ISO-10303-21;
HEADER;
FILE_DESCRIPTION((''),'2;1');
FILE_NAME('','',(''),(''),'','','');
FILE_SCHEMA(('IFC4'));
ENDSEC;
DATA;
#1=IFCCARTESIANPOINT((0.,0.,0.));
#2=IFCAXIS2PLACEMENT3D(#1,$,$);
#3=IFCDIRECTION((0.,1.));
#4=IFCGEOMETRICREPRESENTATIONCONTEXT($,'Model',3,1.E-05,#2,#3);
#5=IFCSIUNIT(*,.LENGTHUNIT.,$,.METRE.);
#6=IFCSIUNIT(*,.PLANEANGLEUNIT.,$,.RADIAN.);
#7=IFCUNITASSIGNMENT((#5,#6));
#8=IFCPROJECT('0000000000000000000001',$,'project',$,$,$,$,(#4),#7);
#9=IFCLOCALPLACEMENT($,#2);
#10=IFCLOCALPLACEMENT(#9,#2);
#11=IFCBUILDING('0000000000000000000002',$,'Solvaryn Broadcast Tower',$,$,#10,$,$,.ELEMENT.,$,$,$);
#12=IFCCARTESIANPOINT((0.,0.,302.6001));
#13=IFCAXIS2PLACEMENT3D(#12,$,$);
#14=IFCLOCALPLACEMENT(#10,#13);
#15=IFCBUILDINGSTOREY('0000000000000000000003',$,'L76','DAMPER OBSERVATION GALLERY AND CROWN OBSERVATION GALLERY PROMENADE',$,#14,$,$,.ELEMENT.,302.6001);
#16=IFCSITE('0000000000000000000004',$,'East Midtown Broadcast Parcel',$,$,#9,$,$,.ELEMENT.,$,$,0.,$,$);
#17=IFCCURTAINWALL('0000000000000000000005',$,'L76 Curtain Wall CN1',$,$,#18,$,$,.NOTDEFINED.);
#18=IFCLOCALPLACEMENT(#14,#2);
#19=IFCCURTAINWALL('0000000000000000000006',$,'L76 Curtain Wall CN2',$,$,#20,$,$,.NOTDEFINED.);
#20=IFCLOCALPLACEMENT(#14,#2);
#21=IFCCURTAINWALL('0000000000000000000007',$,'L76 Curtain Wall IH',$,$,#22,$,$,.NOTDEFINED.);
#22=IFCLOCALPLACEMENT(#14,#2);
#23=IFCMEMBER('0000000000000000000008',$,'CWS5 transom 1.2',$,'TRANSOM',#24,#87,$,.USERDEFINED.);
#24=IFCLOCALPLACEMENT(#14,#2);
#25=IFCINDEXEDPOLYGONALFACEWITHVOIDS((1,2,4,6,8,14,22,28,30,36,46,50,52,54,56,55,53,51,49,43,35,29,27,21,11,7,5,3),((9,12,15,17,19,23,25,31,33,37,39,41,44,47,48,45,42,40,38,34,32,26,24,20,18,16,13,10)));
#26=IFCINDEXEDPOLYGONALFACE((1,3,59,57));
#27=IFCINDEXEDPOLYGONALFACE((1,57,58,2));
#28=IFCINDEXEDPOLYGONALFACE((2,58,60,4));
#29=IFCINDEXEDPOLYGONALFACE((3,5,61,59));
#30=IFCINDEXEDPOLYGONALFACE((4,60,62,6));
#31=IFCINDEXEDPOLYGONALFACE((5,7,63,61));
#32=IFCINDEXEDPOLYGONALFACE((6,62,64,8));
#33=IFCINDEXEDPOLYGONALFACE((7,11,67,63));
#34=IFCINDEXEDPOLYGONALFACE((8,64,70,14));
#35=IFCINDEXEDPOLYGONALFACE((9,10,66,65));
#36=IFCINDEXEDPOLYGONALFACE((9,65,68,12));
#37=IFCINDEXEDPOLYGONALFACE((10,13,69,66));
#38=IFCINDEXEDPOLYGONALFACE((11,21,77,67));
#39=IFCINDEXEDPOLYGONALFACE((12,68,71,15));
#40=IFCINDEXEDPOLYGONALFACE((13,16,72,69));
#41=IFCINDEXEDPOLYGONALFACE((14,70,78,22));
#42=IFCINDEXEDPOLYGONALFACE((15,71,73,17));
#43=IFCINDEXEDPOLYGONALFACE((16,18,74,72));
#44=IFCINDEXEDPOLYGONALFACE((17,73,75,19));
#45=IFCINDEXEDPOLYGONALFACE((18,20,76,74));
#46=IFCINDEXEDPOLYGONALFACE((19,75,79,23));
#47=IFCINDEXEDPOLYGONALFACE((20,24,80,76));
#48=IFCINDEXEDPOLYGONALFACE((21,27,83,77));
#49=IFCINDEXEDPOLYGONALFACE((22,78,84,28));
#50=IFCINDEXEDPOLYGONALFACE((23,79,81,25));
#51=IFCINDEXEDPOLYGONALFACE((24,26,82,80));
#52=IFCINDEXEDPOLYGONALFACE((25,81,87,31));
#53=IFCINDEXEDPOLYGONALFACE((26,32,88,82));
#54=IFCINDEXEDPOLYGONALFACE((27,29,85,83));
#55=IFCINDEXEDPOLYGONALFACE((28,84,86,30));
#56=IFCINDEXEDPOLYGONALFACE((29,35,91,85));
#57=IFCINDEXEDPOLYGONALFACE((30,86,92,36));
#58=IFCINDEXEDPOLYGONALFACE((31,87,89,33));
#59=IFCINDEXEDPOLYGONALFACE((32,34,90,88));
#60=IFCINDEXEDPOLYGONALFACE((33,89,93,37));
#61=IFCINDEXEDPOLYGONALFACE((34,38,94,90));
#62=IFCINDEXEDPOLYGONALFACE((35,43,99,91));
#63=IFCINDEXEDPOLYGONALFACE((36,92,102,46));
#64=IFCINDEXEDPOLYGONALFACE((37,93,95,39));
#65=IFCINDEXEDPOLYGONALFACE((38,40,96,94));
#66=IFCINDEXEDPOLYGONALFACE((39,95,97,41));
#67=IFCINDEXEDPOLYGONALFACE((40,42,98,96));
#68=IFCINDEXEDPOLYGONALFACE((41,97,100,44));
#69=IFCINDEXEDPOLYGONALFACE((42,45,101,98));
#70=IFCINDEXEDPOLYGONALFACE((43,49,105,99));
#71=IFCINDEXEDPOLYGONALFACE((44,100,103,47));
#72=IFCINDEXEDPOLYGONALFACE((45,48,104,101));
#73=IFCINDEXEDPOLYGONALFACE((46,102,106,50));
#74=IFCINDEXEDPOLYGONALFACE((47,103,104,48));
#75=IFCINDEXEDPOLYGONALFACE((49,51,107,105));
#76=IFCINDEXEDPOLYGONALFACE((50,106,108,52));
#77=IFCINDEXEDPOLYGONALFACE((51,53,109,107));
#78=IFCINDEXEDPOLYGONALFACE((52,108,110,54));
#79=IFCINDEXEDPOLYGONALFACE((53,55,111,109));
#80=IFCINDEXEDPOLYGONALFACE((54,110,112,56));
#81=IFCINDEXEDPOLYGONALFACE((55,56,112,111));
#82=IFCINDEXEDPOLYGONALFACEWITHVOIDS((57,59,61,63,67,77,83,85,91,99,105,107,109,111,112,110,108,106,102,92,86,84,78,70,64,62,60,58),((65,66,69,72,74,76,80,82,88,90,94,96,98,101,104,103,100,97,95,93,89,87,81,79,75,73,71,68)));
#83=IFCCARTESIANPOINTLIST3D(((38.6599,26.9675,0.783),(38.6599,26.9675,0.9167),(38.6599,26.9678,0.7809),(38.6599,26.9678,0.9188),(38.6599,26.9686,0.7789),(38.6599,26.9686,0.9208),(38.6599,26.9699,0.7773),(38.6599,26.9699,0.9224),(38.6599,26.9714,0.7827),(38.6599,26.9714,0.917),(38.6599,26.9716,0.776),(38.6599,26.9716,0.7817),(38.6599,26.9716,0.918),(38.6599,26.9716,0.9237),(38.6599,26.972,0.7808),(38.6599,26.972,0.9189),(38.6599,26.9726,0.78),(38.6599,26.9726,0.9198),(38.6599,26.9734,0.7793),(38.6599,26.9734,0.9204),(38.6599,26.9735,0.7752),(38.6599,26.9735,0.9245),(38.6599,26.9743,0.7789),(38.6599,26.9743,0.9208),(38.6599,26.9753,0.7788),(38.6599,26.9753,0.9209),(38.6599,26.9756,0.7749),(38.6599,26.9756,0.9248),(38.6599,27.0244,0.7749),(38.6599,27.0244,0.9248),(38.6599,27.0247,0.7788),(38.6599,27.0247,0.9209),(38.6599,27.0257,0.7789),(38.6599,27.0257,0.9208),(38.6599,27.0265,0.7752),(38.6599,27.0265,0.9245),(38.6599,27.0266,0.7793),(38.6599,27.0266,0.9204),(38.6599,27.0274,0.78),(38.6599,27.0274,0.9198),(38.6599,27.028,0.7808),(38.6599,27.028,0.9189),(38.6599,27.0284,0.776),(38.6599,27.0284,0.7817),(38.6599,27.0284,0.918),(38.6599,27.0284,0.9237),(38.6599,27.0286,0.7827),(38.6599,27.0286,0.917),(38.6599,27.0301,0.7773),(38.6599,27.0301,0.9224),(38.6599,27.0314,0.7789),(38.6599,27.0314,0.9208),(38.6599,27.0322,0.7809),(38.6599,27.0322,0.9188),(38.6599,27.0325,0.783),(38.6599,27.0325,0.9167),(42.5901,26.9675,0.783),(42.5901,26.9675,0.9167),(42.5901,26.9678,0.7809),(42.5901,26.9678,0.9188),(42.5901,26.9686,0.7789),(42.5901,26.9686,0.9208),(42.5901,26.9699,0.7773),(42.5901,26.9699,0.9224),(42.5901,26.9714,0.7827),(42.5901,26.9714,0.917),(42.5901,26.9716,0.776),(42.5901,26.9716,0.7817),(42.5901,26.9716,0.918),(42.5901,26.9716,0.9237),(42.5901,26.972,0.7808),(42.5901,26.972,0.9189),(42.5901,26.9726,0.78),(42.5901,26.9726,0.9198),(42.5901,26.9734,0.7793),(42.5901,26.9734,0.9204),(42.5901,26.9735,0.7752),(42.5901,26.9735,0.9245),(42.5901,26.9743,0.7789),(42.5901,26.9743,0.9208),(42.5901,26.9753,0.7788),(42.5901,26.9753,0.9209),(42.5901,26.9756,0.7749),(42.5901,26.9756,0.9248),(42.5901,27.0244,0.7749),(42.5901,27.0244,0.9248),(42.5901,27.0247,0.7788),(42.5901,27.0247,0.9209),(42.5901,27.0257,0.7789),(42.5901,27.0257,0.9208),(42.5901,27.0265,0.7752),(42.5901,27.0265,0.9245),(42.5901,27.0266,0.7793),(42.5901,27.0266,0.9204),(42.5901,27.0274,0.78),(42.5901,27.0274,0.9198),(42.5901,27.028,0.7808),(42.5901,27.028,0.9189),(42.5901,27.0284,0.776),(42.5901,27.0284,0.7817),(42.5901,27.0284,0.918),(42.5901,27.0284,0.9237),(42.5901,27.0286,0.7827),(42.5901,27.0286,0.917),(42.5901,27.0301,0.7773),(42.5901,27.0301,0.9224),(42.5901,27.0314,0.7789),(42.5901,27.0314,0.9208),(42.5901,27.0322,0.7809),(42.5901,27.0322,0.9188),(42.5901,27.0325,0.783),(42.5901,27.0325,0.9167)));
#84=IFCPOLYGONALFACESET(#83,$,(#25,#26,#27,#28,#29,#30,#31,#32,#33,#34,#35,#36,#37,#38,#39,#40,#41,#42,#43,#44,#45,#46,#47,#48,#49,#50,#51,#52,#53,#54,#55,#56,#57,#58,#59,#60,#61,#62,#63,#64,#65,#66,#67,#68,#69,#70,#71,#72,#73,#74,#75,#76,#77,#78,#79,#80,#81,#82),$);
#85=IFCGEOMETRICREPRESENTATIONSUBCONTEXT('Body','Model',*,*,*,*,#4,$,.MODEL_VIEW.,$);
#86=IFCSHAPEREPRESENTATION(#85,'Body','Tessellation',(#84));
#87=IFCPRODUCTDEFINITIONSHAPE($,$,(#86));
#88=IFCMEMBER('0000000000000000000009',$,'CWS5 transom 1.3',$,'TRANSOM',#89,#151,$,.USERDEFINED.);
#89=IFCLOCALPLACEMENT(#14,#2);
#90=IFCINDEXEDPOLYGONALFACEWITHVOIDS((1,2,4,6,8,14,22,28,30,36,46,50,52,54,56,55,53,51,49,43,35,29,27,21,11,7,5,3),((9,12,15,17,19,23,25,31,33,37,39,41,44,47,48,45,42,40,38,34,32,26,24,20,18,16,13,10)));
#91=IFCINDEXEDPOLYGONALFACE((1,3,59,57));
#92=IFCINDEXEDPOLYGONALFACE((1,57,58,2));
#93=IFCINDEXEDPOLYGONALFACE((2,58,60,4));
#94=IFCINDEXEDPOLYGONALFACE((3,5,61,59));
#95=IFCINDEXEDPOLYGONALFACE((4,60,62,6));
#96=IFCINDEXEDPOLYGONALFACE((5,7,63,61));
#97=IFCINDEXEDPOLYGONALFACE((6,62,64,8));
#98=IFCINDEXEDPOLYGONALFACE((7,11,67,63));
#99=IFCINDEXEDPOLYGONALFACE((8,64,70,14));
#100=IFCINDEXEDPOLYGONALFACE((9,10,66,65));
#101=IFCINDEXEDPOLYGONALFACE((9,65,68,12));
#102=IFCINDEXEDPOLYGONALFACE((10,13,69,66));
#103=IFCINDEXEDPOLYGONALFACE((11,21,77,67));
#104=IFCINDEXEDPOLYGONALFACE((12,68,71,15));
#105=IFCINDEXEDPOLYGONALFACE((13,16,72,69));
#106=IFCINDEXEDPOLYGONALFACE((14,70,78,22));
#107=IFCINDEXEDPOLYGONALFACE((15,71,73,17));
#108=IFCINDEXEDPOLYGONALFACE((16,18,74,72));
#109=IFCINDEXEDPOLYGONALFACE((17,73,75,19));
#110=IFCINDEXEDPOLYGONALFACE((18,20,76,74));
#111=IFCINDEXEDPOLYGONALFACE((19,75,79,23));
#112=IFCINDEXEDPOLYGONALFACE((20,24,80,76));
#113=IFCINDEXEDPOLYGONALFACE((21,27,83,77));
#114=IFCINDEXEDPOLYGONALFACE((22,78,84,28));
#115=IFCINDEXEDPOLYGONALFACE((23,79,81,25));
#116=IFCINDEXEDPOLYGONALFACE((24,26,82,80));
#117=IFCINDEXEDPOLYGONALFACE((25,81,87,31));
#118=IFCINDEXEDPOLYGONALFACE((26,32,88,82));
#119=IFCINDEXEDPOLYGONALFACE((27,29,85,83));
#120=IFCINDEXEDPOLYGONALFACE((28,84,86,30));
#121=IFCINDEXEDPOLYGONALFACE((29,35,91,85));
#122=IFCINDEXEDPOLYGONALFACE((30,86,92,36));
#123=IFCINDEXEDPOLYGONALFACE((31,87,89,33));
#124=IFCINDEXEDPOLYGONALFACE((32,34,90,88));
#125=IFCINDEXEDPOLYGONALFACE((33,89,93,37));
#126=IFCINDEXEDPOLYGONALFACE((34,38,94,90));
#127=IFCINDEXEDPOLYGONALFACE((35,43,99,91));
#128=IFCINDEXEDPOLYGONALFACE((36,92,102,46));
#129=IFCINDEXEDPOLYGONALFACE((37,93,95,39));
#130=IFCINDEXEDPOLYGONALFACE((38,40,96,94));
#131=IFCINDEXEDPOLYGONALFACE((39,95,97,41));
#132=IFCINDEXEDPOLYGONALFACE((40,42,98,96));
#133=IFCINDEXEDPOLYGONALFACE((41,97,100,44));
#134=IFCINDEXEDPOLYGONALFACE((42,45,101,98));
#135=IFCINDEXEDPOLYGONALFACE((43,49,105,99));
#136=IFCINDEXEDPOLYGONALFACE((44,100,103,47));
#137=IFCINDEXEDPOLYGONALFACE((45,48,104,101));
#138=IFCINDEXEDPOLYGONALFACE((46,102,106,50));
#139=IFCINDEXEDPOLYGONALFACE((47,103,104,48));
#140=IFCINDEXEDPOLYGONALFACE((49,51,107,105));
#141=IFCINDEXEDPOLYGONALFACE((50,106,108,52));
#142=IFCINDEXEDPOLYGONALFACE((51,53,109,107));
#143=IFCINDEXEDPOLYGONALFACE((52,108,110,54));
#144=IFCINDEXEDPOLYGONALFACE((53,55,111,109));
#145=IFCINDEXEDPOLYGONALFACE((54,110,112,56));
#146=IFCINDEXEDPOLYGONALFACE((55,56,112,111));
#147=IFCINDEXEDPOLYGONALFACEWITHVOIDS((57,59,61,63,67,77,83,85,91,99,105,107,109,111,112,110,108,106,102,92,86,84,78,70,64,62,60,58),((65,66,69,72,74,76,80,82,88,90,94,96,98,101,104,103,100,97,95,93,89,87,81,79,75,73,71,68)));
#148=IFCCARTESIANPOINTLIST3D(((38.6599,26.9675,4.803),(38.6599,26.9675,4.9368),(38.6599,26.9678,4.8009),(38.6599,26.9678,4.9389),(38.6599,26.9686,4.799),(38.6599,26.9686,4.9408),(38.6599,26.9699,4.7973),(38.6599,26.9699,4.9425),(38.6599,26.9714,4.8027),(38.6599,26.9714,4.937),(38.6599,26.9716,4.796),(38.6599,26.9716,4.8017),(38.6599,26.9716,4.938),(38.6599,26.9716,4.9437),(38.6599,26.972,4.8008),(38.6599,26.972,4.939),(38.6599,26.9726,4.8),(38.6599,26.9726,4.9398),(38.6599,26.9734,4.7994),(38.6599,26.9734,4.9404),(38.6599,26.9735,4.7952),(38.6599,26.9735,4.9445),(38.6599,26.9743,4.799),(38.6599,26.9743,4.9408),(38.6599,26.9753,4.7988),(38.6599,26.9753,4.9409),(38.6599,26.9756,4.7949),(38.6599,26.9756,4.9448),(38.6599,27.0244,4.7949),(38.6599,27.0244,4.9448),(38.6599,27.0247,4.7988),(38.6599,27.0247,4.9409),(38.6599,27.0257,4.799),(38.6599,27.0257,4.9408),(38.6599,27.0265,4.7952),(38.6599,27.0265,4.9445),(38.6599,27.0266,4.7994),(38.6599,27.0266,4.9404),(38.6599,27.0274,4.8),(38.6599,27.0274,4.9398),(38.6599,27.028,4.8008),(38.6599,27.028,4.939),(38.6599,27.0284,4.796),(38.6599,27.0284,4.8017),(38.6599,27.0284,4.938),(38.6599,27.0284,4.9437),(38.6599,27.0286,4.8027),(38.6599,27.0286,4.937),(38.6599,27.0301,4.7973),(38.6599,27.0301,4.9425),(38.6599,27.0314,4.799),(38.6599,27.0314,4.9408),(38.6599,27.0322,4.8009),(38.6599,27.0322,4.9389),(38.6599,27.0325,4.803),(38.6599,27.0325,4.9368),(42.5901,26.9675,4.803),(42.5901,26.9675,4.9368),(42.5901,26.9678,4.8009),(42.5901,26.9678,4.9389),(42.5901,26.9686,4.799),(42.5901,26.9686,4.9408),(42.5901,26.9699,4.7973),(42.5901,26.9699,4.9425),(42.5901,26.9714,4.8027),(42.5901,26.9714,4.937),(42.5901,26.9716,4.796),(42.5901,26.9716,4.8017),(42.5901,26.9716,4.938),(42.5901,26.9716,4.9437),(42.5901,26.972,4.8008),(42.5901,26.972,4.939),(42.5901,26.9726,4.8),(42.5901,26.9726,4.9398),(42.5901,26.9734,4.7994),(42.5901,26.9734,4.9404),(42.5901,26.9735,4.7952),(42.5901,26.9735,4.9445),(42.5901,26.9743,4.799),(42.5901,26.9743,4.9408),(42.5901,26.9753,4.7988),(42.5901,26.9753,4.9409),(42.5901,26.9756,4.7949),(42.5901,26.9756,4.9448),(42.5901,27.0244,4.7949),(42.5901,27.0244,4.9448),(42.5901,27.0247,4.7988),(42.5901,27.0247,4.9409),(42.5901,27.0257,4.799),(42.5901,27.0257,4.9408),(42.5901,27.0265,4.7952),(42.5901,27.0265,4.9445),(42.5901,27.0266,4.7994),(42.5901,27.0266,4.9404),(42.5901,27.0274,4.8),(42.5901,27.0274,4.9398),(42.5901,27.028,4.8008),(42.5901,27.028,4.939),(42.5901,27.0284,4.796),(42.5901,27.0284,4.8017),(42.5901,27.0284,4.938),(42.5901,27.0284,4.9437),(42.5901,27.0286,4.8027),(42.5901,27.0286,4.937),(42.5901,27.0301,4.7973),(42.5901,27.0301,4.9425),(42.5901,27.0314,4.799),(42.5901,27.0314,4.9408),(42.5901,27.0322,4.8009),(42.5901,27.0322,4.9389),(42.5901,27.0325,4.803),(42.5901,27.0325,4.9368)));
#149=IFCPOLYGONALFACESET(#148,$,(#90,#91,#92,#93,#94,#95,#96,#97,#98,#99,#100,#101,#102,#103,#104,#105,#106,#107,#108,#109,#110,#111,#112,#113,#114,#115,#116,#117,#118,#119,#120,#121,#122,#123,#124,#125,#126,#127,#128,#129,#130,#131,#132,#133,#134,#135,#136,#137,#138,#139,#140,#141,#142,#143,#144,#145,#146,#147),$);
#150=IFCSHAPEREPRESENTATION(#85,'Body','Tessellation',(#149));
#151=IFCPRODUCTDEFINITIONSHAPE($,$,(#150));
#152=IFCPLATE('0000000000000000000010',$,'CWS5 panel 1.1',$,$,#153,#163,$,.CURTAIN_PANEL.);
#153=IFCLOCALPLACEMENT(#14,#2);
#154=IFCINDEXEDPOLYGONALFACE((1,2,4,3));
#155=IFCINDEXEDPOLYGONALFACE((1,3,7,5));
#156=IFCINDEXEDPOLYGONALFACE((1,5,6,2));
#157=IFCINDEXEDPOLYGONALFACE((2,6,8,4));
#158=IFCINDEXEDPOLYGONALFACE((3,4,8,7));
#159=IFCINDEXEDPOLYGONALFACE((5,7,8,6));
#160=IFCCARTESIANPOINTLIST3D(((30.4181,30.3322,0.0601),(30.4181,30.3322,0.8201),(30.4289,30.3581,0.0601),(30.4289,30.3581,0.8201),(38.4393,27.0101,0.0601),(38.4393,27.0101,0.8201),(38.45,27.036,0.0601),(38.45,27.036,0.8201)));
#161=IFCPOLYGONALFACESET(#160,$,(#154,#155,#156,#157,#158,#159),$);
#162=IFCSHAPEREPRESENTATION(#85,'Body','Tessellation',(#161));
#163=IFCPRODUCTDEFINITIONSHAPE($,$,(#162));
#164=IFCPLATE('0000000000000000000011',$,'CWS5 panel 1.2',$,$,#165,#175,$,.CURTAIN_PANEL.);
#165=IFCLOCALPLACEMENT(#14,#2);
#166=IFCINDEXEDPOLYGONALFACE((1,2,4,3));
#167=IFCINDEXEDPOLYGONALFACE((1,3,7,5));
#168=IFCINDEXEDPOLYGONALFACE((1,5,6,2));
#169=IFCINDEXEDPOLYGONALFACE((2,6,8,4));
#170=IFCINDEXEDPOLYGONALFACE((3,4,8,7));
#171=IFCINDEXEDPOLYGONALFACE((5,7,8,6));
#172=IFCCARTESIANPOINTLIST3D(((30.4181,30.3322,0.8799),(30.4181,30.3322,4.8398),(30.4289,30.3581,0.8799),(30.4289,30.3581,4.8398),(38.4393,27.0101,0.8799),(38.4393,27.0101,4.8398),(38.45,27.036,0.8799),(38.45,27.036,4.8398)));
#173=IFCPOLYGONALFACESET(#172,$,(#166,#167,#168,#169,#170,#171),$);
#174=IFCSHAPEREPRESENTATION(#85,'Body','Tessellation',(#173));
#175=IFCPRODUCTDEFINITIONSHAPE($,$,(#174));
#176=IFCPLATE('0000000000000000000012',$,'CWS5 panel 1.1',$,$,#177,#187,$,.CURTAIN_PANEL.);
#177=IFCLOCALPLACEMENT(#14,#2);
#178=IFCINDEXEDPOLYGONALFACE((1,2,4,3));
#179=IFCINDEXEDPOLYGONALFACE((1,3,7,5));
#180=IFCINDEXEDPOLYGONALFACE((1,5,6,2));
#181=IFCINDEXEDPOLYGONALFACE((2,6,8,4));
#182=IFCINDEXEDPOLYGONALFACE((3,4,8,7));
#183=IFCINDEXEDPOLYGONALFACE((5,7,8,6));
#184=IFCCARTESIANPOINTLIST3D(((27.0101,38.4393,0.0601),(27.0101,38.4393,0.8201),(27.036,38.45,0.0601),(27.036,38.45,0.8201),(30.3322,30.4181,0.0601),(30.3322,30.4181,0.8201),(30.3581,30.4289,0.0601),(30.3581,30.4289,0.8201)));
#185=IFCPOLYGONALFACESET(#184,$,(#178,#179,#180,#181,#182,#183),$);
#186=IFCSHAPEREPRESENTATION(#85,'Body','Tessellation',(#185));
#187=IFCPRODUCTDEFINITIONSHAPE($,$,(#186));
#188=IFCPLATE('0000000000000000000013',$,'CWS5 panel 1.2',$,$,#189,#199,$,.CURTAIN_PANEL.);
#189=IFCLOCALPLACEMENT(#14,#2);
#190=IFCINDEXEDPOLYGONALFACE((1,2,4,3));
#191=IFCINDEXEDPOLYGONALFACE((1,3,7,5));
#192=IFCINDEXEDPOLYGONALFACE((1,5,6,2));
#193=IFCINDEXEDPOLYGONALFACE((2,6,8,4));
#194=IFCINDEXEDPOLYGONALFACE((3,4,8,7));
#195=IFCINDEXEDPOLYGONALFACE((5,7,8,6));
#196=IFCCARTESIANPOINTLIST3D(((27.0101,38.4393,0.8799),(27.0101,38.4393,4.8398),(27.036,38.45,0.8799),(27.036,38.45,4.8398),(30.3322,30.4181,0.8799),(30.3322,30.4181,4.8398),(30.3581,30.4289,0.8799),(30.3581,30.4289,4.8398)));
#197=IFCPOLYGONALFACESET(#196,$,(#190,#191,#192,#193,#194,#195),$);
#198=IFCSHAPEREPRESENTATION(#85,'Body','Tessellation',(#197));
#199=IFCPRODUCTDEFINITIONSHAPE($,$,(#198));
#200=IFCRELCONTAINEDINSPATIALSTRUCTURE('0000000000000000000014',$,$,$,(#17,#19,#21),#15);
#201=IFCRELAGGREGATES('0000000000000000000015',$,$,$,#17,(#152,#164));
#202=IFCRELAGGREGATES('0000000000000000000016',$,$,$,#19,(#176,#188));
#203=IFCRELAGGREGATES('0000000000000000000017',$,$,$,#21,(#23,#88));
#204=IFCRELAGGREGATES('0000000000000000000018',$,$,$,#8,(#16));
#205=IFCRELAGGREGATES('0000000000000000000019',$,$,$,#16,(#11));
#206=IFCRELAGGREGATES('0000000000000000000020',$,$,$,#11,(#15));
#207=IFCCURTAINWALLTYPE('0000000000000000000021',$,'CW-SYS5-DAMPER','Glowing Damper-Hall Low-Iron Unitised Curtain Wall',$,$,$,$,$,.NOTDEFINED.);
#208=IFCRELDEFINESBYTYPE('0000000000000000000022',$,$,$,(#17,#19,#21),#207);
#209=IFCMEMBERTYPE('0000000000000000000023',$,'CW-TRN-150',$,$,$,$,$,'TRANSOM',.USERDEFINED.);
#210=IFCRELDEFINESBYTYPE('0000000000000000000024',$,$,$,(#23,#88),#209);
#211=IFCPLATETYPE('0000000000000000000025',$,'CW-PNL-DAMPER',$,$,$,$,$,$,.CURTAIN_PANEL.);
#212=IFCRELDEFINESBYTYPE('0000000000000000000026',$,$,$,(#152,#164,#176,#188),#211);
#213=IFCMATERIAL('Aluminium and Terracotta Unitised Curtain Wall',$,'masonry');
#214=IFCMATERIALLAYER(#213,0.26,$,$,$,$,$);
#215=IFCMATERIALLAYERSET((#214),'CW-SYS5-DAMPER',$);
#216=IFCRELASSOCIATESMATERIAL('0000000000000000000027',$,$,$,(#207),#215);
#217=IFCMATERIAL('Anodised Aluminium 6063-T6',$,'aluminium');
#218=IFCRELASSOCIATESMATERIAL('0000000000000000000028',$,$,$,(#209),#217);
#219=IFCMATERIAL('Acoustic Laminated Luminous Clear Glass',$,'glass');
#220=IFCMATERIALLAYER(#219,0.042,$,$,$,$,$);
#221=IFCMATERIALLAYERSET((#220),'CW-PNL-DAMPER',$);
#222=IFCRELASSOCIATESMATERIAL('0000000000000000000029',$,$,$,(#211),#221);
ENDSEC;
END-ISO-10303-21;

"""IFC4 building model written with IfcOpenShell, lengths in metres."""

from ifc_helpers import new_model, si_unit, direction, frame, origin, origin_2d, place, context, subcontext, project, spatial, rectangle, hollow_rectangle, extrude, material, layer, layer_set, material_profile, profile_set, type_object, element, aggregate, save


model = new_model("IFC4")

# Units and contexts
model_context = context("Model", 3, precision=1e-05, world=origin(), true_north=direction((0.0, 1.0)))
body_context = subcontext(model_context, "Body", "Model", "MODEL_VIEW")
ifc_project = project(units=[si_unit("LENGTHUNIT", "METRE"), si_unit("PLANEANGLEUNIT", "RADIAN")], contexts=[model_context])

# Site, building, storey
site_placement = place(None, origin())
site = spatial("IfcSite", under=ifc_project, at=site_placement, Name="East Midtown Broadcast Parcel", CompositionType="ELEMENT", RefElevation=0.0)
building_placement = place(site_placement, origin())
building = spatial("IfcBuilding", under=site, at=building_placement, Name="Solvaryn Broadcast Tower", CompositionType="ELEMENT")
storey_placement = place(building_placement, frame((0.0, 0.0, 302.6001)))
storey = spatial("IfcBuildingStorey", under=building, at=storey_placement, Name="L76", Description="DAMPER OBSERVATION GALLERY AND CROWN OBSERVATION GALLERY PROMENADE", CompositionType="ELEMENT", Elevation=302.6001)

# Shared definitions
ifc_material_1 = material(Name="Aluminium and Terracotta Unitised Curtain Wall", Category="masonry")
ifc_layer_1 = layer(ifc_material_1, 0.26)
ifc_layer_set_1 = layer_set([ifc_layer_1], Name="CW-SYS5-DAMPER")
curtain_wall_type = type_object("IfcCurtainWallType", Name="CW-SYS5-DAMPER", Description="Glowing Damper-Hall Low-Iron Unitised Curtain Wall", PredefinedType="NOTDEFINED", material=ifc_layer_set_1)

# Curtain walls
curtain_wall_1_placement = place(storey_placement, origin())
curtain_wall_1 = element("IfcCurtainWall", 1, at=curtain_wall_1_placement, inside=storey, type_object=curtain_wall_type, Name="L76 Curtain Wall CN1", PredefinedType="NOTDEFINED")
curtain_wall_2_placement = place(storey_placement, origin())
curtain_wall_2 = element("IfcCurtainWall", 2, at=curtain_wall_2_placement, inside=storey, type_object=curtain_wall_type, Name="L76 Curtain Wall CN2", PredefinedType="NOTDEFINED")

# Curtain wall
curtain_wall_3_placement = place(storey_placement, origin())
curtain_wall_3 = element("IfcCurtainWall", 3, at=curtain_wall_3_placement, inside=storey, type_object=curtain_wall_type, Name="L76 Curtain Wall IH", PredefinedType="NOTDEFINED")

# Members
ifc_material_2 = material(Name="Anodised Aluminium 6063-T6", Category="aluminium")
ifc_material_profile_1 = material_profile(ifc_material_2, hollow_rectangle(XDim=0.0649, YDim=0.1499, WallThickness=0.0039, InnerFilletRadius=0.0039, OuterFilletRadius=0.0081, at=origin_2d()))
ifc_profile_set_1 = profile_set([ifc_material_profile_1], Name="Anodised Aluminium 6063-T6")
member_type_1 = type_object("IfcMemberType", Name="CW-TRN-150", ElementType="TRANSOM", PredefinedType="USERDEFINED", material=ifc_profile_set_1)
member_1_placement = place(storey_placement, frame((38.6599, 27.0, 0.8499), z_axis=(1.0, 0.0, 0.0), x_axis=(0.0, 1.0, 0.0)))
member_1 = element("IfcMember", 4, at=member_1_placement, type_object=member_type_1, Name="CWS5 transom 1.2", ObjectType="TRANSOM", PredefinedType="USERDEFINED", context=body_context, shape_type="SweptSolid", body=[
    extrude(hollow_rectangle(XDim=0.0649, YDim=0.1499, WallThickness=0.0039, InnerFilletRadius=0.0039, OuterFilletRadius=0.0081, at=origin_2d()), origin(), (0.0, 0.0, 1.0), 3.9302),
])
member_2_placement = place(storey_placement, frame((38.6599, 27.0, 4.8699), z_axis=(1.0, 0.0, 0.0), x_axis=(0.0, 1.0, 0.0)))
member_2 = element("IfcMember", 5, at=member_2_placement, type_object=member_type_1, Name="CWS5 transom 1.3", ObjectType="TRANSOM", PredefinedType="USERDEFINED", context=body_context, shape_type="SweptSolid", body=[
    extrude(hollow_rectangle(XDim=0.0649, YDim=0.1499, WallThickness=0.0039, InnerFilletRadius=0.0039, OuterFilletRadius=0.0081, at=origin_2d()), origin(), (0.0, 0.0, 1.0), 3.9302),
])

# Plates
ifc_material_3 = material(Name="Acoustic Laminated Luminous Clear Glass", Category="glass")
ifc_layer_2 = layer(ifc_material_3, 0.042)
ifc_layer_set_2 = layer_set([ifc_layer_2], Name="CW-PNL-DAMPER")
plate_type = type_object("IfcPlateType", Name="CW-PNL-DAMPER", PredefinedType="CURTAIN_PANEL", material=ifc_layer_set_2)
plate_1_placement = place(storey_placement, frame((34.4341, 28.6841, 0.0601), z_axis=(0.0, 0.0, 1.0), x_axis=(-0.923895, 0.382646, 0.0)))
plate_1 = element("IfcPlate", 6, at=plate_1_placement, type_object=plate_type, Name="CWS5 panel 1.1", PredefinedType="CURTAIN_PANEL", context=body_context, shape_type="SweptSolid", body=[
    extrude(rectangle(XDim=8.6819, YDim=0.0281, at=origin_2d()), origin(), (0.0, 0.0, 1.0), 0.76),
])
plate_2_placement = place(storey_placement, frame((34.4341, 28.6841, 0.8799), z_axis=(0.0, 0.0, 1.0), x_axis=(-0.923895, 0.382646, 0.0)))
plate_2 = element("IfcPlate", 7, at=plate_2_placement, type_object=plate_type, Name="CWS5 panel 1.2", PredefinedType="CURTAIN_PANEL", context=body_context, shape_type="SweptSolid", body=[
    extrude(rectangle(XDim=8.6819, YDim=0.0281, at=origin_2d()), origin(), (0.0, 0.0, 1.0), 3.96),
])
aggregate(curtain_wall_1, [plate_1, plate_2])
plate_3_placement = place(storey_placement, frame((28.6841, 34.4341, 0.0601), z_axis=(0.0, 0.0, 1.0), x_axis=(-0.382646, 0.923895, 0.0)))
plate_3 = element("IfcPlate", 8, at=plate_3_placement, type_object=plate_type, Name="CWS5 panel 1.1", PredefinedType="CURTAIN_PANEL", context=body_context, shape_type="SweptSolid", body=[
    extrude(rectangle(XDim=8.6819, YDim=0.0281, at=origin_2d()), origin(), (0.0, 0.0, 1.0), 0.76),
])
plate_4_placement = place(storey_placement, frame((28.6841, 34.4341, 0.8799), z_axis=(0.0, 0.0, 1.0), x_axis=(-0.382646, 0.923895, 0.0)))
plate_4 = element("IfcPlate", 9, at=plate_4_placement, type_object=plate_type, Name="CWS5 panel 1.2", PredefinedType="CURTAIN_PANEL", context=body_context, shape_type="SweptSolid", body=[
    extrude(rectangle(XDim=8.6819, YDim=0.0281, at=origin_2d()), origin(), (0.0, 0.0, 1.0), 3.96),
])
aggregate(curtain_wall_2, [plate_3, plate_4])
aggregate(curtain_wall_3, [member_1, member_2])

save(model, "model.ifc")
